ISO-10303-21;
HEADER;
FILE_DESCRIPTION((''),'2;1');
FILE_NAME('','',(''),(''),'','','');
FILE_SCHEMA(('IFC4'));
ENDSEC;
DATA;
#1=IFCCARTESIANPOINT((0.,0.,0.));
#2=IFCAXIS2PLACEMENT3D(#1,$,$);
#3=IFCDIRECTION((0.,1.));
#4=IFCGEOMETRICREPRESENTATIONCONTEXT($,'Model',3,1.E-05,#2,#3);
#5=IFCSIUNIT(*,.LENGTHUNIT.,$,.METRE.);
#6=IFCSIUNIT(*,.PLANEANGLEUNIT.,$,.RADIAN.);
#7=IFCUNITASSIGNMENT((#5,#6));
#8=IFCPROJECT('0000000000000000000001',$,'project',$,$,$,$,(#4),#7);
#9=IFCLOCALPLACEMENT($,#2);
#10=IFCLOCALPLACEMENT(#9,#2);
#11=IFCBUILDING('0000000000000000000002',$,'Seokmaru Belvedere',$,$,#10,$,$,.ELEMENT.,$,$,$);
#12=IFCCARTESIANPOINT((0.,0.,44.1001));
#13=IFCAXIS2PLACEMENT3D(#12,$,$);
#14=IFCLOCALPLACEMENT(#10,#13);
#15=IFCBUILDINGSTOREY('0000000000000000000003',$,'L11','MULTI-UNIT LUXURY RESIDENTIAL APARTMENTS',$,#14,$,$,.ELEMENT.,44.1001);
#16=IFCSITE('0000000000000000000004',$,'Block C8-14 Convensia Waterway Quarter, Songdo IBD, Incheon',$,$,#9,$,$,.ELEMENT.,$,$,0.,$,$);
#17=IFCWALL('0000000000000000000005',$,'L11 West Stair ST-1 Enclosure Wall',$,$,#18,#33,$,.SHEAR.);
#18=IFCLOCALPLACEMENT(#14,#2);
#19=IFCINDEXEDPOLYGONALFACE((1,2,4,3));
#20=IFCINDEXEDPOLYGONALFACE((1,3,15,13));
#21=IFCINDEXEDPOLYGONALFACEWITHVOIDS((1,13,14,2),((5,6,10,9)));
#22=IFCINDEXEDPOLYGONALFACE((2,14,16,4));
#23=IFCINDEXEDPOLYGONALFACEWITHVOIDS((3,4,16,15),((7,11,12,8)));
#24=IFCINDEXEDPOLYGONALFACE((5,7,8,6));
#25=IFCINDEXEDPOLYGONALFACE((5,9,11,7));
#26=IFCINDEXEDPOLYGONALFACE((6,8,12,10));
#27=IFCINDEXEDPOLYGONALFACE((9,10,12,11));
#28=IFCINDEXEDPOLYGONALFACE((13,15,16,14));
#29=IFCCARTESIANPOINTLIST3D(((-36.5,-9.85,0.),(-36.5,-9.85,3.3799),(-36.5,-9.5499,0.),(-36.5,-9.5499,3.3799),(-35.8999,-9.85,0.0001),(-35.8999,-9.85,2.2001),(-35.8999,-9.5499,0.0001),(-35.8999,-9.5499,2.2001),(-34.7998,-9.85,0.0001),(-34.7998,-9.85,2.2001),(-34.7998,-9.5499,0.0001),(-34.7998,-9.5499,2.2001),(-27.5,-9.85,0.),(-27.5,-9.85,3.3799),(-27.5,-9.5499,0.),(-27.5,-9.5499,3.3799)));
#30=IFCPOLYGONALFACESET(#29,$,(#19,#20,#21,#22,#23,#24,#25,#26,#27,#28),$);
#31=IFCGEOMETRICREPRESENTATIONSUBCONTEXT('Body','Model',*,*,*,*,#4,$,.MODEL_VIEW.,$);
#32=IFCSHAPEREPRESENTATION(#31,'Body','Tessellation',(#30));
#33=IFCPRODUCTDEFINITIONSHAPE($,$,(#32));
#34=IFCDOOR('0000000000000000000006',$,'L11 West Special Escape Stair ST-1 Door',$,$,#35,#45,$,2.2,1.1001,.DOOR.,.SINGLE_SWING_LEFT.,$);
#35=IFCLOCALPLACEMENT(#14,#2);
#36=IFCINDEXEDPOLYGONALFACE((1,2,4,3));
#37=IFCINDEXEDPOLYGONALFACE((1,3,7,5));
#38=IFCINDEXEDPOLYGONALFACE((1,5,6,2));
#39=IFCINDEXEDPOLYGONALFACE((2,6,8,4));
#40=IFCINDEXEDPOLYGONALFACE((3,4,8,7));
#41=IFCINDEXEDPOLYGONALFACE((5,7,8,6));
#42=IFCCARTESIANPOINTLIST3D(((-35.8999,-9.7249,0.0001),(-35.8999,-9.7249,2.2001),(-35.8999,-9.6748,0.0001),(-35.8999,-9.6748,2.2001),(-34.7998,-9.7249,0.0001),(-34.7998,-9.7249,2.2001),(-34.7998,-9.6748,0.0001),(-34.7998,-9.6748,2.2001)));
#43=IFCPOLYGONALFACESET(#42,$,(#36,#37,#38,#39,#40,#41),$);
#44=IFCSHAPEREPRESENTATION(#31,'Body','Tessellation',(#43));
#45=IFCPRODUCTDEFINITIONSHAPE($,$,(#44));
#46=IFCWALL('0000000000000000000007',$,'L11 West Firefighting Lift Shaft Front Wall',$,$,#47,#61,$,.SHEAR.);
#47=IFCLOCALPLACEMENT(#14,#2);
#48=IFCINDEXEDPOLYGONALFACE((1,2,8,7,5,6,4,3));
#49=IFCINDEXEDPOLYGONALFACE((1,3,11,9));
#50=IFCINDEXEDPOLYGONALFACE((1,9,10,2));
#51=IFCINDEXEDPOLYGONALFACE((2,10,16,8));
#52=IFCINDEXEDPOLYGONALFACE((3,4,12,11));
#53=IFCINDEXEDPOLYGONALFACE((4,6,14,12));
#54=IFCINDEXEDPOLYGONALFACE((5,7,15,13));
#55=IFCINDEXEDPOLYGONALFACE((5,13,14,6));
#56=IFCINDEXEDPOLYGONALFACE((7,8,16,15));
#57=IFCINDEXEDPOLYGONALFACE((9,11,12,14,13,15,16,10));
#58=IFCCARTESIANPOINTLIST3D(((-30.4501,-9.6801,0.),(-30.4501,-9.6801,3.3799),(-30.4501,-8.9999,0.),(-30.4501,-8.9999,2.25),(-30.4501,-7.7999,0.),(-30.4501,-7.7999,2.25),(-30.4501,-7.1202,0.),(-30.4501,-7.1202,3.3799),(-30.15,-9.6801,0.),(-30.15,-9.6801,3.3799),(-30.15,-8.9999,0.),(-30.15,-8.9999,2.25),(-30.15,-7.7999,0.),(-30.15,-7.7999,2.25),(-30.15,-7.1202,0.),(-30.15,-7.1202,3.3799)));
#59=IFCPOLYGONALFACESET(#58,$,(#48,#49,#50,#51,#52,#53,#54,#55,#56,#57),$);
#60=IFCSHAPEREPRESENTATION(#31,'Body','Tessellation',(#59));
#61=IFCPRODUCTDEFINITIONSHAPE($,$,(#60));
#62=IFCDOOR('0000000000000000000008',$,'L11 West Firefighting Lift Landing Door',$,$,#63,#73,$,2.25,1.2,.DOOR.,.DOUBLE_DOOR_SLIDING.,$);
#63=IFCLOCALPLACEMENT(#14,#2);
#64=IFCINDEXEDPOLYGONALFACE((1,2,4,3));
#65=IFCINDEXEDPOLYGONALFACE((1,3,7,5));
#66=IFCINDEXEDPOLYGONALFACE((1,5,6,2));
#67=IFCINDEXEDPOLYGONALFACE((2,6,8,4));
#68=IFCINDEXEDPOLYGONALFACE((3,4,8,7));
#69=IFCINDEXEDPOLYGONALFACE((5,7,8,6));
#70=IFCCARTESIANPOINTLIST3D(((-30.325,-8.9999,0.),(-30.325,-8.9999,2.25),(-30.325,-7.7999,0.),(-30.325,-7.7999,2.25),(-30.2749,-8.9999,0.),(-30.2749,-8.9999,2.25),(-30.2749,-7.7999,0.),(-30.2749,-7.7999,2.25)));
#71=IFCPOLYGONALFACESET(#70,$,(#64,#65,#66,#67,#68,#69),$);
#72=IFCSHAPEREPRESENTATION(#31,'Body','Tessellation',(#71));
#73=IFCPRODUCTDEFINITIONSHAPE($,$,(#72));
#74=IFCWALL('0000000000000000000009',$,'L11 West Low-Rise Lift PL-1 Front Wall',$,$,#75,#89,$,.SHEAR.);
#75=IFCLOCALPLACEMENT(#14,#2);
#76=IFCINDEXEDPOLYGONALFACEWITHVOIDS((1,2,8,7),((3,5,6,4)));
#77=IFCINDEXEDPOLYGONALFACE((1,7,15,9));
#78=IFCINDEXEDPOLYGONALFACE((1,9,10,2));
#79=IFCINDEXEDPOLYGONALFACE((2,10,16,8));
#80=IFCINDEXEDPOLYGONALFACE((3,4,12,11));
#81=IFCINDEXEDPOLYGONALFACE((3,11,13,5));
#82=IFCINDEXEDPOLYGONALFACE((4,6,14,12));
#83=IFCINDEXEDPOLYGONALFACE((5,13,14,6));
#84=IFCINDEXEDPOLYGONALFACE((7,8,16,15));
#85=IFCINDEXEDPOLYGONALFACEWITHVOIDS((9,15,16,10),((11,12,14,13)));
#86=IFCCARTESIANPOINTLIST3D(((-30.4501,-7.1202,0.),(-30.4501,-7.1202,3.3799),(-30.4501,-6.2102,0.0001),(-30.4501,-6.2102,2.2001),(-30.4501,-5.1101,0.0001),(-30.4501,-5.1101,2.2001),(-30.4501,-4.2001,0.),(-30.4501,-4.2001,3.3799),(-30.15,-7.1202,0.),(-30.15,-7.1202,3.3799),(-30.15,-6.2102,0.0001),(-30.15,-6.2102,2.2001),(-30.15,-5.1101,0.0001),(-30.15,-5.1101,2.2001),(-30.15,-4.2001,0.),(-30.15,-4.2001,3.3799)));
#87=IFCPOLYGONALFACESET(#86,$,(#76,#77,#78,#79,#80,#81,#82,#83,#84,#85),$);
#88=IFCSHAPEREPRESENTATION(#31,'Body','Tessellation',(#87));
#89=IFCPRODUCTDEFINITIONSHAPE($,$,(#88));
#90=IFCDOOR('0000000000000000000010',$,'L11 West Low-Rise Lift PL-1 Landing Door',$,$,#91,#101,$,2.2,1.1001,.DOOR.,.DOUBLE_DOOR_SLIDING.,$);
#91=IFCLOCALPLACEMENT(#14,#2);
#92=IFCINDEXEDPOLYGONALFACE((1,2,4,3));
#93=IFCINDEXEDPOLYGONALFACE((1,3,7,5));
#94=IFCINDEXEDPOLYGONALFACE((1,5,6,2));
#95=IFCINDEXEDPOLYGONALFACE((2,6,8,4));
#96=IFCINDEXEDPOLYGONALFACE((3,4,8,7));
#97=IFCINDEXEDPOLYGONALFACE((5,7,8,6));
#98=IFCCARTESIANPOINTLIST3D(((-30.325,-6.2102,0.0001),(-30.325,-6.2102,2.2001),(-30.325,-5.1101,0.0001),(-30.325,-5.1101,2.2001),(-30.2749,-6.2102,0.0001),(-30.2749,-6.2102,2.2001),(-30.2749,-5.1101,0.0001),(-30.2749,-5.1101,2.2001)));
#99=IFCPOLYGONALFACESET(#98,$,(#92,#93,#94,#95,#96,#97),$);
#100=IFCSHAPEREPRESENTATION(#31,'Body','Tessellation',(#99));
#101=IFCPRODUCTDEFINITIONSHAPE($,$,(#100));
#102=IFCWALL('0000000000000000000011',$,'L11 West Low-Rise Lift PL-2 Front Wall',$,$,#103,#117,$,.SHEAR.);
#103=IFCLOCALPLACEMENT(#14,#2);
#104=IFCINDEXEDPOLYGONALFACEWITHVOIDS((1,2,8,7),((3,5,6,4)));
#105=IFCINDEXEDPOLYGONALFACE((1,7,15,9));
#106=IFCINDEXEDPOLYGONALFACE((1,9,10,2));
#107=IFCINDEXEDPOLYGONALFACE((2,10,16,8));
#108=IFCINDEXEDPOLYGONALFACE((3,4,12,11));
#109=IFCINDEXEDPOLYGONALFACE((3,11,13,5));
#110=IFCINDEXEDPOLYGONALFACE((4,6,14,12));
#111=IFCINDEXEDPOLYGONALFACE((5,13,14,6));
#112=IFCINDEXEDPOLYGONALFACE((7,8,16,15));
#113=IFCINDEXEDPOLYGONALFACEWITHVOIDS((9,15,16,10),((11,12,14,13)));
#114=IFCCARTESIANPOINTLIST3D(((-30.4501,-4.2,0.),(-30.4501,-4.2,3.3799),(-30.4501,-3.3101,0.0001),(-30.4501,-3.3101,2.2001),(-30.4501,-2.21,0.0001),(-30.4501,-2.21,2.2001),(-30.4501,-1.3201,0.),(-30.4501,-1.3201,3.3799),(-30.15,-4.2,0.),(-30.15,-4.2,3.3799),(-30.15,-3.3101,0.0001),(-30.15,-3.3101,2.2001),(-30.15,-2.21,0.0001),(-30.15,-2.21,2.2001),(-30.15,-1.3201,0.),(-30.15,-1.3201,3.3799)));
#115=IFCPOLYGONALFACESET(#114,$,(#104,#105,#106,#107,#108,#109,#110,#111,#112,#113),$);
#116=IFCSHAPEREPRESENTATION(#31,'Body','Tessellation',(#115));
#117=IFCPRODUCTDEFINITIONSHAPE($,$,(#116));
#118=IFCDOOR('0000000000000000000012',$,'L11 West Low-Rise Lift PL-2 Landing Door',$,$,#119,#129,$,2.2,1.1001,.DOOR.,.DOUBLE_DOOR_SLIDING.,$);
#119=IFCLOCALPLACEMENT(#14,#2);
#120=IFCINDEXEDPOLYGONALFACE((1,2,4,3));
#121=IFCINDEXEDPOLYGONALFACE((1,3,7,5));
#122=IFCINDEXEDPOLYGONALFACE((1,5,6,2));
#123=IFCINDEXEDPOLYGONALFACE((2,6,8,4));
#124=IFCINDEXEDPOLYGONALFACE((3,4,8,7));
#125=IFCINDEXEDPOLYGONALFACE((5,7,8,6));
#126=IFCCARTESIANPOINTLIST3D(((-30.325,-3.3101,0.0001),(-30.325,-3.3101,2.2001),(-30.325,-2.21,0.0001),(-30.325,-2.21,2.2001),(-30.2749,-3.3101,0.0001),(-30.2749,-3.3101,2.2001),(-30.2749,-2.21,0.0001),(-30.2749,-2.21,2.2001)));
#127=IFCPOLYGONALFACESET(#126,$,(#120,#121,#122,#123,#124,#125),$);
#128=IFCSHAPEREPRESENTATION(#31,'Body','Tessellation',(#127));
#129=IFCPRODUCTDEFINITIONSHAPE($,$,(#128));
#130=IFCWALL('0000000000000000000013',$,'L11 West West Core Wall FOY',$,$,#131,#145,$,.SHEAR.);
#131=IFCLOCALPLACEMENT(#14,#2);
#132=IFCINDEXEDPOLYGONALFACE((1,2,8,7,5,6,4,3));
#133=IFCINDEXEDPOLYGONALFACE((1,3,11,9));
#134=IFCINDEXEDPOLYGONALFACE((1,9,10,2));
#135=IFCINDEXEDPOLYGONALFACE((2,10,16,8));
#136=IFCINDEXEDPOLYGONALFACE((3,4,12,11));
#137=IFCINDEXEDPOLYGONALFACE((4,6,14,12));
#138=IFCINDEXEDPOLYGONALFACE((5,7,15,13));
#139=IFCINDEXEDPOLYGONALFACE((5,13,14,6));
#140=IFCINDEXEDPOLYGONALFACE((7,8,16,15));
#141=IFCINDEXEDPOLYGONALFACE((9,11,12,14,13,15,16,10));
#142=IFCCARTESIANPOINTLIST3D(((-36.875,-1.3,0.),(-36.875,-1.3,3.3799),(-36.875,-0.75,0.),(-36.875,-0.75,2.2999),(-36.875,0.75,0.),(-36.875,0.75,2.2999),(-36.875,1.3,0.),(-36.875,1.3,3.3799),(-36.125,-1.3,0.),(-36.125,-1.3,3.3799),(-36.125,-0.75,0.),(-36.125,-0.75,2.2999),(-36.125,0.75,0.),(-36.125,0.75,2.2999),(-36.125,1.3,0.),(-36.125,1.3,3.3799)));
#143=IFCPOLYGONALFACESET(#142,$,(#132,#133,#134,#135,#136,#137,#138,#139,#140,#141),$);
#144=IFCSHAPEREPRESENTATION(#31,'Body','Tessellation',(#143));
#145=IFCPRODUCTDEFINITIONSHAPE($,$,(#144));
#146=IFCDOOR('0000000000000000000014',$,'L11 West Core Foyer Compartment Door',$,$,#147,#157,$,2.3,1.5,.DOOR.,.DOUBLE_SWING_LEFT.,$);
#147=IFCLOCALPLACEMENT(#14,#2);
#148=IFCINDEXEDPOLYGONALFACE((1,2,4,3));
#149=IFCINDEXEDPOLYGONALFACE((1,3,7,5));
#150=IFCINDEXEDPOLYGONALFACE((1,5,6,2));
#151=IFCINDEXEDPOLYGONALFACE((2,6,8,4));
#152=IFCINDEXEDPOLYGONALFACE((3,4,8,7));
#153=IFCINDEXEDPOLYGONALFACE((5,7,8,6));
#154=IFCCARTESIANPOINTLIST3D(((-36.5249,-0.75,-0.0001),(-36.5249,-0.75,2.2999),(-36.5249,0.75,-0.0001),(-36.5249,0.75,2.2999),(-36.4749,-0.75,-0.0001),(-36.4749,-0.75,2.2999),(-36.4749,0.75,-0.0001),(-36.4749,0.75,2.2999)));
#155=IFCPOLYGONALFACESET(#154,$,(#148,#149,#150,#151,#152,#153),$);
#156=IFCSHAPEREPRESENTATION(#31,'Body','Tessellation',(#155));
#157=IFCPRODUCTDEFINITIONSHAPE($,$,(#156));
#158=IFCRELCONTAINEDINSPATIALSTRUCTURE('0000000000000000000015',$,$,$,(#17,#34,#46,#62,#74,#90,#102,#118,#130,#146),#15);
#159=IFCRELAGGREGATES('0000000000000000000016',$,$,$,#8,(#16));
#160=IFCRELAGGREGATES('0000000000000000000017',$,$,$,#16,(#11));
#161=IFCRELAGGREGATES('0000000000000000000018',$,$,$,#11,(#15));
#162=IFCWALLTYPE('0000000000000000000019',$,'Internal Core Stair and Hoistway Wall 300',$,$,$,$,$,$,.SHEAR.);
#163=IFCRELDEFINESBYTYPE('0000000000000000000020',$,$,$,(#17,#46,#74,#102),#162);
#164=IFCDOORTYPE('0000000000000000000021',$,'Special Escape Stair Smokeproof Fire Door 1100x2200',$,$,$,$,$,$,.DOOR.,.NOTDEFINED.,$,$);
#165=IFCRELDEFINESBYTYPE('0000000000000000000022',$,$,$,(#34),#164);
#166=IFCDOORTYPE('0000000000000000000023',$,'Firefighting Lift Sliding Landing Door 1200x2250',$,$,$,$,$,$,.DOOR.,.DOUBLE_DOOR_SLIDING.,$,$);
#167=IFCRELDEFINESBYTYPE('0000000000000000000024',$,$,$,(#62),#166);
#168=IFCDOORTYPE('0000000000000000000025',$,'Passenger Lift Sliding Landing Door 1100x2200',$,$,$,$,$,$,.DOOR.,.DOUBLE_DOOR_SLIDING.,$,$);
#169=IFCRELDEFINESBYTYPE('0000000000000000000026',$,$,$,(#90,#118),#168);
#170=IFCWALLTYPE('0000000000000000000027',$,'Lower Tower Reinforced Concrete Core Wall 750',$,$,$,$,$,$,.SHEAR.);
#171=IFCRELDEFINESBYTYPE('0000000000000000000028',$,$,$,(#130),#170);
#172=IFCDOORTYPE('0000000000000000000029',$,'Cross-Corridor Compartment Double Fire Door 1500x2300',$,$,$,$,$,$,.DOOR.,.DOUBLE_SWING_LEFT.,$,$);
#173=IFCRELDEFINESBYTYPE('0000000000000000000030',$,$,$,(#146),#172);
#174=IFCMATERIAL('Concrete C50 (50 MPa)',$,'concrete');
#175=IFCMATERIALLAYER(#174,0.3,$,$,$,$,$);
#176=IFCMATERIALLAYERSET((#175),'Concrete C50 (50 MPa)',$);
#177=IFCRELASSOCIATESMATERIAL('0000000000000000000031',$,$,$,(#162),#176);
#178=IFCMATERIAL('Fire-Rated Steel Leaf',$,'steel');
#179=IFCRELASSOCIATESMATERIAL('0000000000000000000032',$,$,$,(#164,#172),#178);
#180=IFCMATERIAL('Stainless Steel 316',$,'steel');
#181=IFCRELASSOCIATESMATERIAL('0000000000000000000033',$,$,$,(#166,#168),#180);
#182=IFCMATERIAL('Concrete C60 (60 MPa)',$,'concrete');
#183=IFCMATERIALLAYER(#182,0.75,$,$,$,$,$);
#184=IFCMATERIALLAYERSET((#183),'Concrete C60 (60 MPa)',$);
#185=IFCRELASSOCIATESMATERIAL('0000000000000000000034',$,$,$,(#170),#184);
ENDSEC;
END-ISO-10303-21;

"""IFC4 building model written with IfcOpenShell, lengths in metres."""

from ifc_helpers import new_model, si_unit, direction, frame, frame_2d, origin, place, context, subcontext, project, spatial, rectangle, extrude, source, transform, mapped, material, layer, layer_set, type_object, type_shapes, element, fill, save


model = new_model("IFC4")

# Units and contexts
model_context = context("Model", 3, precision=1e-05, world=origin(), true_north=direction((0.0, 1.0)))
body_context = subcontext(model_context, "Body", "Model", "MODEL_VIEW")
ifc_project = project(units=[si_unit("LENGTHUNIT", "METRE"), si_unit("PLANEANGLEUNIT", "RADIAN")], contexts=[model_context])

# Site, building, storey
site_placement = place(None, origin())
site = spatial("IfcSite", under=ifc_project, at=site_placement, Name="Block C8-14 Convensia Waterway Quarter, Songdo IBD, Incheon", CompositionType="ELEMENT", RefElevation=0.0)
building_placement = place(site_placement, origin())
building = spatial("IfcBuilding", under=site, at=building_placement, Name="Seokmaru Belvedere", CompositionType="ELEMENT")
storey_placement = place(building_placement, frame((0.0, 0.0, 44.1001)))
storey = spatial("IfcBuildingStorey", under=building, at=storey_placement, Name="L11", Description="MULTI-UNIT LUXURY RESIDENTIAL APARTMENTS", CompositionType="ELEMENT", Elevation=44.1001)

# Shared definitions
ifc_material_1 = material(Name="Concrete C50 (50 MPa)", Category="concrete")

# Walls, openings, doors
ifc_layer_1 = layer(ifc_material_1, 0.3)
ifc_layer_set_1 = layer_set([ifc_layer_1], Name="Concrete C50 (50 MPa)")
wall_type_1 = type_object("IfcWallType", Name="Internal Core Stair and Hoistway Wall 300", PredefinedType="SHEAR", material=ifc_layer_set_1)
wall_1_placement = place(storey_placement, frame((-36.5, -9.7, 0.0), z_axis=(0.0, 0.0, 1.0), x_axis=(1.0, 0.0, 0.0)))
wall_1 = element("IfcWall", 1, at=wall_1_placement, inside=storey, type_object=wall_type_1, Name="L11 West Stair ST-1 Enclosure Wall", PredefinedType="SHEAR", context=body_context, shape_type="SweptSolid", body=[
    extrude(rectangle(XDim=9.0, YDim=0.3, at=frame_2d((4.5, 0.0))), origin(), (0.0, 0.0, 1.0), 3.3799),
])
opening_1_placement = place(wall_1_placement, frame((0.6001, 0.0, 0.0)))
opening_1 = element("IfcOpeningElement", 2, at=opening_1_placement, cuts=wall_1, PredefinedType="OPENING", context=body_context, shape_type="SweptSolid", body=[
    extrude(rectangle(XDim=1.1001, YDim=2.2, at=frame_2d((0.55, 1.1001))), frame((0.0, 0.1602, 0.0), z_axis=(0.0, -1.0, 0.0), x_axis=(1.0, 0.0, 0.0)), (0.0, 0.0, 1.0), 0.3201),
])
ifc_material_2 = material(Name="Fire-Rated Steel Leaf", Category="steel")
door_type_1 = type_object("IfcDoorType", Name="Special Escape Stair Smokeproof Fire Door 1100x2200", OperationType="NOTDEFINED", PredefinedType="DOOR", material=ifc_material_2)
shared_shape_1 = source(origin(), body_context, "Body", "SweptSolid", [
    extrude(rectangle(XDim=1.1001, YDim=2.2, at=frame_2d((0.55, 1.1001))), frame((0.0, 0.0249, 0.0), z_axis=(0.0, -1.0, 0.0), x_axis=(1.0, 0.0, 0.0)), (0.0, 0.0, 1.0), 0.05),
])
type_shapes(door_type_1, [shared_shape_1])
door_1_placement = place(opening_1_placement, frame((1.1001, 0.0, 0.0), z_axis=(0.0, 0.0, 1.0), x_axis=(-1.0, 0.0, 0.0)))
door_1 = element("IfcDoor", 3, at=door_1_placement, inside=storey, type_object=door_type_1, Name="L11 West Special Escape Stair ST-1 Door", OperationType="SINGLE_SWING_LEFT", OverallHeight=2.2, OverallWidth=1.1001, PredefinedType="DOOR", context=body_context, shape_type="MappedRepresentation", body=[
    mapped(shared_shape_1, transform((0.0, 0.0, 0.0), scale=1.0)),
])
fill(opening_1, door_1)
wall_2_placement = place(storey_placement, frame((-30.3, -9.6799, 0.0), z_axis=(0.0, 0.0, 1.0), x_axis=(0.0, 1.0, 0.0)))
wall_2 = element("IfcWall", 4, at=wall_2_placement, inside=storey, type_object=wall_type_1, Name="L11 West Firefighting Lift Shaft Front Wall", PredefinedType="SHEAR", context=body_context, shape_type="SweptSolid", body=[
    extrude(rectangle(XDim=2.5598, YDim=0.3, at=frame_2d((1.2798, 0.0))), origin(), (0.0, 0.0, 1.0), 3.3799),
])
opening_2_placement = place(wall_2_placement, frame((0.6799, 0.0, 0.0)))
opening_2 = element("IfcOpeningElement", 5, at=opening_2_placement, cuts=wall_2, PredefinedType="OPENING", context=body_context, shape_type="SweptSolid", body=[
    extrude(rectangle(XDim=1.2, YDim=2.25, at=frame_2d((0.6001, 1.125))), frame((0.0, 0.1602, 0.0), z_axis=(0.0, -1.0, 0.0), x_axis=(1.0, 0.0, 0.0)), (0.0, 0.0, 1.0), 0.3201),
])
ifc_material_3 = material(Name="Stainless Steel 316", Category="steel")
door_type_2 = type_object("IfcDoorType", Name="Firefighting Lift Sliding Landing Door 1200x2250", OperationType="DOUBLE_DOOR_SLIDING", PredefinedType="DOOR", material=ifc_material_3)
shared_shape_2 = source(origin(), body_context, "Body", "SweptSolid", [
    extrude(rectangle(XDim=1.2, YDim=2.25, at=frame_2d((0.6001, 1.125))), frame((0.0, 0.0249, 0.0), z_axis=(0.0, -1.0, 0.0), x_axis=(1.0, 0.0, 0.0)), (0.0, 0.0, 1.0), 0.05),
])
type_shapes(door_type_2, [shared_shape_2])
door_2_placement = place(opening_2_placement, origin())
door_2 = element("IfcDoor", 6, at=door_2_placement, inside=storey, type_object=door_type_2, Name="L11 West Firefighting Lift Landing Door", OperationType="DOUBLE_DOOR_SLIDING", OverallHeight=2.25, OverallWidth=1.2, PredefinedType="DOOR", context=body_context, shape_type="MappedRepresentation", body=[
    mapped(shared_shape_2, transform((0.0, 0.0, 0.0), scale=1.0)),
])
fill(opening_2, door_2)
wall_3_placement = place(storey_placement, frame((-30.3, -7.1201, 0.0), z_axis=(0.0, 0.0, 1.0), x_axis=(0.0, 1.0, 0.0)))
wall_3 = element("IfcWall", 7, at=wall_3_placement, inside=storey, type_object=wall_type_1, Name="L11 West Low-Rise Lift PL-1 Front Wall", PredefinedType="SHEAR", context=body_context, shape_type="SweptSolid", body=[
    extrude(rectangle(XDim=2.9202, YDim=0.3, at=frame_2d((1.46, 0.0))), origin(), (0.0, 0.0, 1.0), 3.3799),
])
opening_3_placement = place(wall_3_placement, frame((0.9099, 0.0, 0.0)))
opening_3 = element("IfcOpeningElement", 8, at=opening_3_placement, cuts=wall_3, PredefinedType="OPENING", context=body_context, shape_type="SweptSolid", body=[
    extrude(rectangle(XDim=1.1001, YDim=2.2, at=frame_2d((0.55, 1.1001))), frame((0.0, 0.1602, 0.0), z_axis=(0.0, -1.0, 0.0), x_axis=(1.0, 0.0, 0.0)), (0.0, 0.0, 1.0), 0.3201),
])
door_type_3 = type_object("IfcDoorType", Name="Passenger Lift Sliding Landing Door 1100x2200", OperationType="DOUBLE_DOOR_SLIDING", PredefinedType="DOOR", material=ifc_material_3)
shared_shape_3 = source(origin(), body_context, "Body", "SweptSolid", [
    extrude(rectangle(XDim=1.1001, YDim=2.2, at=frame_2d((0.55, 1.1001))), frame((0.0, 0.0249, 0.0), z_axis=(0.0, -1.0, 0.0), x_axis=(1.0, 0.0, 0.0)), (0.0, 0.0, 1.0), 0.05),
])
type_shapes(door_type_3, [shared_shape_3])
door_3_placement = place(opening_3_placement, origin())
door_3 = element("IfcDoor", 9, at=door_3_placement, inside=storey, type_object=door_type_3, Name="L11 West Low-Rise Lift PL-1 Landing Door", OperationType="DOUBLE_DOOR_SLIDING", OverallHeight=2.2, OverallWidth=1.1001, PredefinedType="DOOR", context=body_context, shape_type="MappedRepresentation", body=[
    mapped(shared_shape_3, transform((0.0, 0.0, 0.0), scale=1.0)),
])
fill(opening_3, door_3)
wall_4_placement = place(storey_placement, frame((-30.3, -4.2, 0.0), z_axis=(0.0, 0.0, 1.0), x_axis=(0.0, 1.0, 0.0)))
wall_4 = element("IfcWall", 10, at=wall_4_placement, inside=storey, type_object=wall_type_1, Name="L11 West Low-Rise Lift PL-2 Front Wall", PredefinedType="SHEAR", context=body_context, shape_type="SweptSolid", body=[
    extrude(rectangle(XDim=2.8799, YDim=0.3, at=frame_2d((1.4399, 0.0))), origin(), (0.0, 0.0, 1.0), 3.3799),
])
opening_4_placement = place(wall_4_placement, frame((0.8899, 0.0, 0.0)))
opening_4 = element("IfcOpeningElement", 11, at=opening_4_placement, cuts=wall_4, PredefinedType="OPENING", context=body_context, shape_type="SweptSolid", body=[
    extrude(rectangle(XDim=1.1001, YDim=2.2, at=frame_2d((0.55, 1.1001))), frame((0.0, 0.1602, 0.0), z_axis=(0.0, -1.0, 0.0), x_axis=(1.0, 0.0, 0.0)), (0.0, 0.0, 1.0), 0.3201),
])
door_4_placement = place(opening_4_placement, origin())
door_4 = element("IfcDoor", 12, at=door_4_placement, inside=storey, type_object=door_type_3, Name="L11 West Low-Rise Lift PL-2 Landing Door", OperationType="DOUBLE_DOOR_SLIDING", OverallHeight=2.2, OverallWidth=1.1001, PredefinedType="DOOR", context=body_context, shape_type="MappedRepresentation", body=[
    mapped(shared_shape_3, transform((0.0, 0.0, 0.0), scale=1.0)),
])
fill(opening_4, door_4)
ifc_material_4 = material(Name="Concrete C60 (60 MPa)", Category="concrete")
ifc_layer_2 = layer(ifc_material_4, 0.75)
ifc_layer_set_2 = layer_set([ifc_layer_2], Name="Concrete C60 (60 MPa)")
wall_type_2 = type_object("IfcWallType", Name="Lower Tower Reinforced Concrete Core Wall 750", PredefinedType="SHEAR", material=ifc_layer_set_2)
wall_5_placement = place(storey_placement, frame((-36.5, -1.3, 0.0), z_axis=(0.0, 0.0, 1.0), x_axis=(0.0, 1.0, 0.0)))
wall_5 = element("IfcWall", 13, at=wall_5_placement, inside=storey, type_object=wall_type_2, Name="L11 West West Core Wall FOY", PredefinedType="SHEAR", context=body_context, shape_type="SweptSolid", body=[
    extrude(rectangle(XDim=2.6001, YDim=0.75, at=frame_2d((1.3, 0.0))), origin(), (0.0, 0.0, 1.0), 3.3799),
])
opening_5_placement = place(wall_5_placement, frame((0.55, 0.0, 0.0)))
opening_5 = element("IfcOpeningElement", 14, at=opening_5_placement, cuts=wall_5, PredefinedType="OPENING", context=body_context, shape_type="SweptSolid", body=[
    extrude(rectangle(XDim=1.5, YDim=2.3, at=frame_2d((0.75, 1.1499))), frame((0.0, 0.385, 0.0), z_axis=(0.0, -1.0, 0.0), x_axis=(1.0, 0.0, 0.0)), (0.0, 0.0, 1.0), 0.77),
])
door_type_4 = type_object("IfcDoorType", Name="Cross-Corridor Compartment Double Fire Door 1500x2300", OperationType="DOUBLE_SWING_LEFT", PredefinedType="DOOR", material=ifc_material_2)
shared_shape_4 = source(origin(), body_context, "Body", "SweptSolid", [
    extrude(rectangle(XDim=1.5, YDim=2.3, at=frame_2d((0.75, 1.1499))), frame((0.0, 0.0249, 0.0), z_axis=(0.0, -1.0, 0.0), x_axis=(1.0, 0.0, 0.0)), (0.0, 0.0, 1.0), 0.05),
])
type_shapes(door_type_4, [shared_shape_4])
door_5_placement = place(opening_5_placement, origin())
door_5 = element("IfcDoor", 15, at=door_5_placement, inside=storey, type_object=door_type_4, Name="L11 West Core Foyer Compartment Door", OperationType="DOUBLE_SWING_LEFT", OverallHeight=2.3, OverallWidth=1.5, PredefinedType="DOOR", context=body_context, shape_type="MappedRepresentation", body=[
    mapped(shared_shape_4, transform((0.0, 0.0, 0.0), scale=1.0)),
])
fill(opening_5, door_5)

save(model, "model.ifc")
